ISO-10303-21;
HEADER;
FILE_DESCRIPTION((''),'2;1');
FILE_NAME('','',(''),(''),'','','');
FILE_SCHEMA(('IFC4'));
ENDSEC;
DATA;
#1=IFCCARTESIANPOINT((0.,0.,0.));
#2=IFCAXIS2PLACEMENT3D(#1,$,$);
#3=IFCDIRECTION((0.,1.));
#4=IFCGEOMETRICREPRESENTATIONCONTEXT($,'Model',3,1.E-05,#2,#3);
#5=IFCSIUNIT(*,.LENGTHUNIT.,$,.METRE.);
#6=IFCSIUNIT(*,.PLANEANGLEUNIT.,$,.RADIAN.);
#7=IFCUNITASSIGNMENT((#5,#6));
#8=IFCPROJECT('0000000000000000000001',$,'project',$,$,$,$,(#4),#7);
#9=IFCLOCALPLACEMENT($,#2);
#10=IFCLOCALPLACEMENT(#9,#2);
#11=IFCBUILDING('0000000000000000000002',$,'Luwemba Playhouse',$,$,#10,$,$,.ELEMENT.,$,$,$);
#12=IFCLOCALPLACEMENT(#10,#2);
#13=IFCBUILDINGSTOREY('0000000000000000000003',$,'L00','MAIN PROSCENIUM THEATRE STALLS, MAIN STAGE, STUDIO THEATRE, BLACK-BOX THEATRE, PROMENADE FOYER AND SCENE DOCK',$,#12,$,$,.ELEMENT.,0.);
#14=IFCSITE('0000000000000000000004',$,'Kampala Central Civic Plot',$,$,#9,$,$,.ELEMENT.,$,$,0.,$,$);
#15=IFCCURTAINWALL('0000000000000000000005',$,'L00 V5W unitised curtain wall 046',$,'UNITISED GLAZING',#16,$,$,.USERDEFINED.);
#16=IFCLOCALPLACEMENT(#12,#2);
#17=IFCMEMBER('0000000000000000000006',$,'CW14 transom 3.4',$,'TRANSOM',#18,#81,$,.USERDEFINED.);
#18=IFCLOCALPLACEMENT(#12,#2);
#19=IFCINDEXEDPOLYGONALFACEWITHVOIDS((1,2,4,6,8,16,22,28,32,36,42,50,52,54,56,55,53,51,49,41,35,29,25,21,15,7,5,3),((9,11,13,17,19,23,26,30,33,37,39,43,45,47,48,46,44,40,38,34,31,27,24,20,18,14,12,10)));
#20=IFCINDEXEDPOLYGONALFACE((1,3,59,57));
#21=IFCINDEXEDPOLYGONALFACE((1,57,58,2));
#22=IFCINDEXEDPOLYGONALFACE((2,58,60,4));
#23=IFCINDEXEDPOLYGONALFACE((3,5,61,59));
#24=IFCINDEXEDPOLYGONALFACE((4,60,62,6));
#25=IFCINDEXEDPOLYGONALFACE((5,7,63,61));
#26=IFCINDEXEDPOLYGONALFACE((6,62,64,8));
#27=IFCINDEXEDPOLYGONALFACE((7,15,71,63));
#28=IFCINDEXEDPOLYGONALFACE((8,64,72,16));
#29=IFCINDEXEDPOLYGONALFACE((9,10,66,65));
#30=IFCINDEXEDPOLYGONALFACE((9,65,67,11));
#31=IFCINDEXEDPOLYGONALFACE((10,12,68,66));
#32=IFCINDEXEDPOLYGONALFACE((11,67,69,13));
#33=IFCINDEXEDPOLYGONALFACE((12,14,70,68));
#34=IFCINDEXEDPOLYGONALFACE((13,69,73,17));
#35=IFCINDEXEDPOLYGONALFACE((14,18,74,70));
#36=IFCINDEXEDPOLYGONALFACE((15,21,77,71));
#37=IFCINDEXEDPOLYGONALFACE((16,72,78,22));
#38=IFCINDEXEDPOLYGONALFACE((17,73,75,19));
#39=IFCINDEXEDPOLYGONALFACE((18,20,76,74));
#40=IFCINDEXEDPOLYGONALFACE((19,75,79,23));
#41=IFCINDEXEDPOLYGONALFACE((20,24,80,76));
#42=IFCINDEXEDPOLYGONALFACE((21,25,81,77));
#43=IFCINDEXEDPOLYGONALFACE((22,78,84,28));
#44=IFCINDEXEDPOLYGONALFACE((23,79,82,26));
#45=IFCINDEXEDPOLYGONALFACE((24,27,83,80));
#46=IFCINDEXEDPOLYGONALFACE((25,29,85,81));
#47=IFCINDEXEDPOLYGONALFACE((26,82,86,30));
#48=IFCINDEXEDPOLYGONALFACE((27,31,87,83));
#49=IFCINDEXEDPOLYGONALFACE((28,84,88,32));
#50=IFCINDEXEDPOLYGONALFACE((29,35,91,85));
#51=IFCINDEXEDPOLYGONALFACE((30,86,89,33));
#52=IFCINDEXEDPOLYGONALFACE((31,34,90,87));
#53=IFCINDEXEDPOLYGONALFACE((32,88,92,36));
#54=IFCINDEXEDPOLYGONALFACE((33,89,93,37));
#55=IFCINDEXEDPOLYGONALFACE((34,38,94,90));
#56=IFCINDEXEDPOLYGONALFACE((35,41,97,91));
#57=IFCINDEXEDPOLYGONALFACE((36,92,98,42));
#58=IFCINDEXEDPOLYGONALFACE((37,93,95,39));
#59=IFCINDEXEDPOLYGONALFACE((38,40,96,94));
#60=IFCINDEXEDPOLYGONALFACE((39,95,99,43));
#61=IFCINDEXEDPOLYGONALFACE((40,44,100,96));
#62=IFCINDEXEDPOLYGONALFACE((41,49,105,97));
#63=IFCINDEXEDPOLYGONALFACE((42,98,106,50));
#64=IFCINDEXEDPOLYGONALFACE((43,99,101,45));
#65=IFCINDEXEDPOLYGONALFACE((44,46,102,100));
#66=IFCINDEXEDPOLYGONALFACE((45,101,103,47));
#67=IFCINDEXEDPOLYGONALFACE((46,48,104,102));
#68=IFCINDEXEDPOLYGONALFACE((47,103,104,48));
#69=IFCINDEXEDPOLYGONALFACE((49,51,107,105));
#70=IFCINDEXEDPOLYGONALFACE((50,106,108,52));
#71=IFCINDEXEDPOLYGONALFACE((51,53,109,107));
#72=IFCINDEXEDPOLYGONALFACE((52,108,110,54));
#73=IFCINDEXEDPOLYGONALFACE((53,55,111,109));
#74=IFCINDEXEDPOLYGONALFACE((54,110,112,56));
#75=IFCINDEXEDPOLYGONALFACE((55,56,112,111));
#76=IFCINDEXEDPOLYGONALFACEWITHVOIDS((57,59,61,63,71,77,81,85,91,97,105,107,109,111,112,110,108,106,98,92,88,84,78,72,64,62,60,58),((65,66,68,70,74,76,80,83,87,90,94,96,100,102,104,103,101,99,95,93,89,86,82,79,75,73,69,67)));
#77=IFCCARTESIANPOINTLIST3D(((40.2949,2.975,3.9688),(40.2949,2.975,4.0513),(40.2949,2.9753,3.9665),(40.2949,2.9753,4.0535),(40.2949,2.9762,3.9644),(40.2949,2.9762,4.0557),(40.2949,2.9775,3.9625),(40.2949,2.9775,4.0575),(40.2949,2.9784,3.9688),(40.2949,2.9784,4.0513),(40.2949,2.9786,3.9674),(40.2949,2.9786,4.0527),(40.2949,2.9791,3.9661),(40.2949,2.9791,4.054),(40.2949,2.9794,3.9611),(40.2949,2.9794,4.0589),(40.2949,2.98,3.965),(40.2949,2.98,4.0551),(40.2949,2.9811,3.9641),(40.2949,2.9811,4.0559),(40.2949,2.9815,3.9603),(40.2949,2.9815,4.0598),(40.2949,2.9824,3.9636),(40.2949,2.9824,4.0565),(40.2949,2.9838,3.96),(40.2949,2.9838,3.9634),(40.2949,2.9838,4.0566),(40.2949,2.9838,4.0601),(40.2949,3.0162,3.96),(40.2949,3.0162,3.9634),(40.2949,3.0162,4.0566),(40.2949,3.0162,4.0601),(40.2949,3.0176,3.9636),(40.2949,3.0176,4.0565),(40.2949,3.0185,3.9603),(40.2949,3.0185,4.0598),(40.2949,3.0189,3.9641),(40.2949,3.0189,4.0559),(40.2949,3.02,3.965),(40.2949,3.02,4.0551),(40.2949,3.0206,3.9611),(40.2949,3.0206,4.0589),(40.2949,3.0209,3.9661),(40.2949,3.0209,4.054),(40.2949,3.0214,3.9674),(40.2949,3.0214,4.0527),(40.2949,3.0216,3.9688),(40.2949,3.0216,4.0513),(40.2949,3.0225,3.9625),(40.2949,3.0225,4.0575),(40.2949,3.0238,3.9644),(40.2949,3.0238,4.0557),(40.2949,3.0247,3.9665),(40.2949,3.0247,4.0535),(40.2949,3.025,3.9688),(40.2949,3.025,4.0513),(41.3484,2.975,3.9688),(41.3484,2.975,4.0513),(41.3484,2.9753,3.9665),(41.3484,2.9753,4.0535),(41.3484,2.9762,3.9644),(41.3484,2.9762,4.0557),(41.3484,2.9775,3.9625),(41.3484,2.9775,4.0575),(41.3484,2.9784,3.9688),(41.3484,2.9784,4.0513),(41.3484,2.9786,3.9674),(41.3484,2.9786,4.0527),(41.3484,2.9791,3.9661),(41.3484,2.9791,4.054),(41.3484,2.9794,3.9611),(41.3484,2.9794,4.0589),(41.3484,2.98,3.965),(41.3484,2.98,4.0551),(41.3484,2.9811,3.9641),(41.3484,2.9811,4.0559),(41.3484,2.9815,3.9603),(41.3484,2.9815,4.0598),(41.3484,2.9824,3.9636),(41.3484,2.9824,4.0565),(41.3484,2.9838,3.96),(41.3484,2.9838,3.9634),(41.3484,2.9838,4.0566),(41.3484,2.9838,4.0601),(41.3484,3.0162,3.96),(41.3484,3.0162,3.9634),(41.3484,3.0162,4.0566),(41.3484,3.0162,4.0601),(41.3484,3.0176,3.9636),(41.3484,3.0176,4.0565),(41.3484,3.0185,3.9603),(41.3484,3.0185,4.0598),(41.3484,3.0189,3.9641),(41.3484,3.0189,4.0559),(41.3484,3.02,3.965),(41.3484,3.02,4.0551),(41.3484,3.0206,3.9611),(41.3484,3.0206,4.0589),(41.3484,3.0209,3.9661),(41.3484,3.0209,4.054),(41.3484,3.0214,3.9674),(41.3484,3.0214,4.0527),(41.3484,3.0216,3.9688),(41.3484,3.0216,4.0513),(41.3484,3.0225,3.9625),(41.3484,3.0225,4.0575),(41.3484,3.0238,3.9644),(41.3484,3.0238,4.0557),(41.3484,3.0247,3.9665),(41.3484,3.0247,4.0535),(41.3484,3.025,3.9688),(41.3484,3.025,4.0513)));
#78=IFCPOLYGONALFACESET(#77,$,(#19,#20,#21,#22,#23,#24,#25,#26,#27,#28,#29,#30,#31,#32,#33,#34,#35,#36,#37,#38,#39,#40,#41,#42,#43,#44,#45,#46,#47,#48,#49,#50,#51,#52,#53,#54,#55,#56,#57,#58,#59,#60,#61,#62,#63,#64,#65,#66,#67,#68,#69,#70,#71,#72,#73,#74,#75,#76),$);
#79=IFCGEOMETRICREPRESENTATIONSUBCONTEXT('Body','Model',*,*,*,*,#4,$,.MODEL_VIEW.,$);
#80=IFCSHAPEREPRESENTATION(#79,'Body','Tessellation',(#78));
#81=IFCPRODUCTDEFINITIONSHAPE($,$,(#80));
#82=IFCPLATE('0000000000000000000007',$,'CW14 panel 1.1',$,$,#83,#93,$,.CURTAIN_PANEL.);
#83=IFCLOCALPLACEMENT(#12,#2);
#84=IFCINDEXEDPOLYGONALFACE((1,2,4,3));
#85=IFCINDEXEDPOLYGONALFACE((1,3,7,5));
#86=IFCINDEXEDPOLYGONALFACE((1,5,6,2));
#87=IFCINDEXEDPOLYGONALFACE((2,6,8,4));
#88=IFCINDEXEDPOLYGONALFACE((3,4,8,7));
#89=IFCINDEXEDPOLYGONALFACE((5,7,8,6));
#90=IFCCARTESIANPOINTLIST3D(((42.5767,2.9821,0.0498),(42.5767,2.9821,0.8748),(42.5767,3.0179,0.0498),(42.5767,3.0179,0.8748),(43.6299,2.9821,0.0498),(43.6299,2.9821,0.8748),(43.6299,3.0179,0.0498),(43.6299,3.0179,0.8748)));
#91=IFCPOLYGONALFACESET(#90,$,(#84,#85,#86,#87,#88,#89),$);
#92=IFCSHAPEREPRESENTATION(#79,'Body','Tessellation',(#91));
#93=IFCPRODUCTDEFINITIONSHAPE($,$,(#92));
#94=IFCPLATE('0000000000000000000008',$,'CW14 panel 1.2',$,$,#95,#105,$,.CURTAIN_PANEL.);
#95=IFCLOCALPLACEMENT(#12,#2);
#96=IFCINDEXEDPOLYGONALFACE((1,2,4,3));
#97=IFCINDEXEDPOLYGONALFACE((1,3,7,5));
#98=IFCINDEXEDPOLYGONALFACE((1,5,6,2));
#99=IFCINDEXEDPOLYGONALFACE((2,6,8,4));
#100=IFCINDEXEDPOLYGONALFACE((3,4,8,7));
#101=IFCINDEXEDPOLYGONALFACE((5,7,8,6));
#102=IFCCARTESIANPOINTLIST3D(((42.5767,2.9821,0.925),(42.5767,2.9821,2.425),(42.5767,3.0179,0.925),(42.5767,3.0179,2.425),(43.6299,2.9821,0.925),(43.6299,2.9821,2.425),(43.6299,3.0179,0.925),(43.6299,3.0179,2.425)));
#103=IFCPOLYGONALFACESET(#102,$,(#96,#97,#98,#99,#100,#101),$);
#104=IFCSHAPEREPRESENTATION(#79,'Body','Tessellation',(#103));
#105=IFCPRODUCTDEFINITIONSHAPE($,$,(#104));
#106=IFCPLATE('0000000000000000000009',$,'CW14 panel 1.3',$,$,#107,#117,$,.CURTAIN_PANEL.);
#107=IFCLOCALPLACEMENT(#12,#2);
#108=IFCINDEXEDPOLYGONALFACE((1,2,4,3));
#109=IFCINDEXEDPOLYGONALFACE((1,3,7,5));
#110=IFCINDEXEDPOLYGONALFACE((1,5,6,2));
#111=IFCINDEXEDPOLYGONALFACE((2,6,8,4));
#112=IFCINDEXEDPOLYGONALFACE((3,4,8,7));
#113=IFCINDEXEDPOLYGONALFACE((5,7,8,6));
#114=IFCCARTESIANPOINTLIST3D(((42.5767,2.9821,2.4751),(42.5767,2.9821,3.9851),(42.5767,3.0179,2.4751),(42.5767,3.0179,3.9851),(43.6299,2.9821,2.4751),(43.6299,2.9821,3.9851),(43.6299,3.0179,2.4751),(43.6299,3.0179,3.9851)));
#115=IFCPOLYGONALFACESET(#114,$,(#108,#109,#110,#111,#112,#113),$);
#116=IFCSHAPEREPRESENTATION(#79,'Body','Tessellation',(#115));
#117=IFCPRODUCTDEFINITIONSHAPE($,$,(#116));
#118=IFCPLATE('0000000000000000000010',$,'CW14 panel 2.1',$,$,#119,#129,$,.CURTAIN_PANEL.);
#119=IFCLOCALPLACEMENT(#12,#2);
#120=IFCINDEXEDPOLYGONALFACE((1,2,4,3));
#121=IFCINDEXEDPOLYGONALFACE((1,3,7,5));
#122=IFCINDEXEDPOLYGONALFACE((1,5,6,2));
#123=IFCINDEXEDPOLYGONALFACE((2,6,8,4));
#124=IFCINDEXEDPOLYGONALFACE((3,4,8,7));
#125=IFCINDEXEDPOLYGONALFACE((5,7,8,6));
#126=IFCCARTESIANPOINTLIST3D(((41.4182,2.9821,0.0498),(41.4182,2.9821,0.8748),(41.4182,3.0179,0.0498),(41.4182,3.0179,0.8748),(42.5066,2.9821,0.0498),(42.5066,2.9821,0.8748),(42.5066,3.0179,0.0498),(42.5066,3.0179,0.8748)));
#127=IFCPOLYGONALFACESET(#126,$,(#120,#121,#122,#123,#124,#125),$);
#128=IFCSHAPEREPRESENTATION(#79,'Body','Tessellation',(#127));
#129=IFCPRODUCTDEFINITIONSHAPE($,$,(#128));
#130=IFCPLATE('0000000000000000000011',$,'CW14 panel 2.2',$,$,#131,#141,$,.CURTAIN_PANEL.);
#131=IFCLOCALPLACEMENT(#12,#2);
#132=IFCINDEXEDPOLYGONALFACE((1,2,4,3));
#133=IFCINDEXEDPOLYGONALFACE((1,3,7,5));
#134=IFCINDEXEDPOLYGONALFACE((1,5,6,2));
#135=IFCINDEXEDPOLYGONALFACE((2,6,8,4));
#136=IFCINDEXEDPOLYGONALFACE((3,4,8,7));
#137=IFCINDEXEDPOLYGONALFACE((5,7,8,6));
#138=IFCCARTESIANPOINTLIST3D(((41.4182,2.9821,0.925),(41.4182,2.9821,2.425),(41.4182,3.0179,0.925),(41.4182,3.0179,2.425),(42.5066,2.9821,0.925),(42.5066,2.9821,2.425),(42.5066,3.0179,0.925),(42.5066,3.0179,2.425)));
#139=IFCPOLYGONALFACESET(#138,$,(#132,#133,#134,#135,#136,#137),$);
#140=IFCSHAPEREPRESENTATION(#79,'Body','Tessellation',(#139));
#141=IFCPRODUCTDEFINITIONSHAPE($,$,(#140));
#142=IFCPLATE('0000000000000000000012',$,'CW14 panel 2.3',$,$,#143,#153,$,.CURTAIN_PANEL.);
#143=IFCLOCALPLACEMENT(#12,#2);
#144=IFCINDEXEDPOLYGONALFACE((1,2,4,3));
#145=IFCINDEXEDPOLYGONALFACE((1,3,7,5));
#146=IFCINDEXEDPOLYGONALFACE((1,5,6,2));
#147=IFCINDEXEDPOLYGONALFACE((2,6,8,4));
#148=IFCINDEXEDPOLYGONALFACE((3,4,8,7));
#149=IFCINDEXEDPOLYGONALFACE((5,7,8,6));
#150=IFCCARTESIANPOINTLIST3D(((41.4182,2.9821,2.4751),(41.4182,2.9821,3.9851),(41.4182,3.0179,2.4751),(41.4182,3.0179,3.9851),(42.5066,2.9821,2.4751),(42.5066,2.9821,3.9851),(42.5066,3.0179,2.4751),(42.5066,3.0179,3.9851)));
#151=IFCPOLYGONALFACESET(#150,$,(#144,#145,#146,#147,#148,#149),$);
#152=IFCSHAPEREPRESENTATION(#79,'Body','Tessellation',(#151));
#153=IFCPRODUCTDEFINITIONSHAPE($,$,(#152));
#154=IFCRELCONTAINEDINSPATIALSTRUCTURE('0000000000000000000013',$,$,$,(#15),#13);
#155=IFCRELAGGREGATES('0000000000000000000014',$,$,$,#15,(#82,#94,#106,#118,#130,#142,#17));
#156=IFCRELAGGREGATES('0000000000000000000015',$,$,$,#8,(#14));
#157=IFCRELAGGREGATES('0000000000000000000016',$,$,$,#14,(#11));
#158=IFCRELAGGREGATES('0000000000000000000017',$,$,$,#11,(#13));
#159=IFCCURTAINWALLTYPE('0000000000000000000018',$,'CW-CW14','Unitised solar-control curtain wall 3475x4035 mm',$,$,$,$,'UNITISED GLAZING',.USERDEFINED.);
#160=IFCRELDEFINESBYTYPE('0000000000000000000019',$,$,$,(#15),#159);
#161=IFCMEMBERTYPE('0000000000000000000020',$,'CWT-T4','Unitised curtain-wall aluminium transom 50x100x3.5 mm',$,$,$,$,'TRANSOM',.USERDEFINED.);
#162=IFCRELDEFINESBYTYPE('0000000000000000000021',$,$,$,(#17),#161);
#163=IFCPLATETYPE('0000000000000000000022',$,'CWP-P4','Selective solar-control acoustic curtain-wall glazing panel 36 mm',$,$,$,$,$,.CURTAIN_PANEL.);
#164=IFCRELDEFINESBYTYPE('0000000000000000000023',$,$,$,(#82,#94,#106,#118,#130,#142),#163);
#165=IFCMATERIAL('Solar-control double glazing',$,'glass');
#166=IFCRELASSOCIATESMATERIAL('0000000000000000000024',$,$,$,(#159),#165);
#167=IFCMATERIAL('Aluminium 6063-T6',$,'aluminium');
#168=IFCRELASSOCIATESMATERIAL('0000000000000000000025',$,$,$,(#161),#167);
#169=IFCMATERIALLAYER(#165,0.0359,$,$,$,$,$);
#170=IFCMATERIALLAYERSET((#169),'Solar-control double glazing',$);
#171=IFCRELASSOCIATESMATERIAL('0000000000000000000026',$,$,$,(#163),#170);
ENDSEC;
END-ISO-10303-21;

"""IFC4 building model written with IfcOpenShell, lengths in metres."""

from ifc_helpers import new_model, si_unit, direction, frame, origin, origin_2d, place, context, subcontext, project, spatial, rectangle, hollow_rectangle, extrude, material, layer, layer_set, material_profile, profile_set, type_object, element, aggregate, save


model = new_model("IFC4")

# Units and contexts
model_context = context("Model", 3, precision=1e-05, world=origin(), true_north=direction((0.0, 1.0)))
body_context = subcontext(model_context, "Body", "Model", "MODEL_VIEW")
ifc_project = project(units=[si_unit("LENGTHUNIT", "METRE"), si_unit("PLANEANGLEUNIT", "RADIAN")], contexts=[model_context])

# Site, building, storey
site_placement = place(None, origin())
site = spatial("IfcSite", under=ifc_project, at=site_placement, Name="Kampala Central Civic Plot", CompositionType="ELEMENT", RefElevation=0.0)
building_placement = place(site_placement, origin())
building = spatial("IfcBuilding", under=site, at=building_placement, Name="Luwemba Playhouse", CompositionType="ELEMENT")
storey_placement = place(building_placement, origin())
storey = spatial("IfcBuildingStorey", under=building, at=storey_placement, Name="L00", Description="MAIN PROSCENIUM THEATRE STALLS, MAIN STAGE, STUDIO THEATRE, BLACK-BOX THEATRE, PROMENADE FOYER AND SCENE DOCK", CompositionType="ELEMENT", Elevation=0.0)

# Curtain wall, member, plates
ifc_material_1 = material(Name="Solar-control double glazing", Category="glass")
curtain_wall_type = type_object("IfcCurtainWallType", Name="CW-CW14", Description="Unitised solar-control curtain wall 3475x4035 mm", ElementType="UNITISED GLAZING", PredefinedType="USERDEFINED", material=ifc_material_1)
curtain_wall_placement = place(storey_placement, origin())
curtain_wall = element("IfcCurtainWall", 1, at=curtain_wall_placement, inside=storey, type_object=curtain_wall_type, Name="L00 V5W unitised curtain wall 046", ObjectType="UNITISED GLAZING", PredefinedType="USERDEFINED")
ifc_material_2 = material(Name="Aluminium 6063-T6", Category="aluminium")
ifc_material_profile_1 = material_profile(ifc_material_2, hollow_rectangle(XDim=0.05, YDim=0.1001, WallThickness=0.0034, InnerFilletRadius=0.0054, OuterFilletRadius=0.0088, at=origin_2d()))
ifc_profile_set_1 = profile_set([ifc_material_profile_1], Name="Aluminium 6063-T6")
member_type_1 = type_object("IfcMemberType", Name="CWT-T4", Description="Unitised curtain-wall aluminium transom 50x100x3.5 mm", ElementType="TRANSOM", PredefinedType="USERDEFINED", material=ifc_profile_set_1)
member_1_placement = place(storey_placement, frame((41.3484, 3.0, 4.01), z_axis=(-1.0, 0.0, 0.0), x_axis=(0.0, -1.0, 0.0)))
member_1 = element("IfcMember", 2, at=member_1_placement, type_object=member_type_1, Name="CW14 transom 3.4", ObjectType="TRANSOM", PredefinedType="USERDEFINED", context=body_context, shape_type="SweptSolid", body=[
    extrude(hollow_rectangle(XDim=0.05, YDim=0.1001, WallThickness=0.0034, InnerFilletRadius=0.0054, OuterFilletRadius=0.0088, at=origin_2d()), origin(), (0.0, 0.0, 1.0), 1.0535),
])
ifc_layer = layer(ifc_material_1, 0.0359)
ifc_layer_set = layer_set([ifc_layer], Name="Solar-control double glazing")
plate_type = type_object("IfcPlateType", Name="CWP-P4", Description="Selective solar-control acoustic curtain-wall glazing panel 36 mm", PredefinedType="CURTAIN_PANEL", material=ifc_layer_set)
plate_1_placement = place(storey_placement, frame((43.1033, 3.0, 0.0498), z_axis=(0.0, 0.0, 1.0), x_axis=(-1.0, 0.0, 0.0)))
plate_1 = element("IfcPlate", 3, at=plate_1_placement, type_object=plate_type, Name="CW14 panel 1.1", PredefinedType="CURTAIN_PANEL", context=body_context, shape_type="SweptSolid", body=[
    extrude(rectangle(XDim=1.0532, YDim=0.0359, at=origin_2d()), origin(), (0.0, 0.0, 1.0), 0.825),
])
plate_2_placement = place(storey_placement, frame((43.1033, 3.0, 0.925), z_axis=(0.0, 0.0, 1.0), x_axis=(-1.0, 0.0, 0.0)))
plate_2 = element("IfcPlate", 4, at=plate_2_placement, type_object=plate_type, Name="CW14 panel 1.2", PredefinedType="CURTAIN_PANEL", context=body_context, shape_type="SweptSolid", body=[
    extrude(rectangle(XDim=1.0532, YDim=0.0359, at=origin_2d()), origin(), (0.0, 0.0, 1.0), 1.5),
])
plate_3_placement = place(storey_placement, frame((43.1033, 3.0, 2.4751), z_axis=(0.0, 0.0, 1.0), x_axis=(-1.0, 0.0, 0.0)))
plate_3 = element("IfcPlate", 5, at=plate_3_placement, type_object=plate_type, Name="CW14 panel 1.3", PredefinedType="CURTAIN_PANEL", context=body_context, shape_type="SweptSolid", body=[
    extrude(rectangle(XDim=1.0532, YDim=0.0359, at=origin_2d()), origin(), (0.0, 0.0, 1.0), 1.51),
])
plate_4_placement = place(storey_placement, frame((41.9624, 3.0, 0.0498), z_axis=(0.0, 0.0, 1.0), x_axis=(-1.0, 0.0, 0.0)))
plate_4 = element("IfcPlate", 6, at=plate_4_placement, type_object=plate_type, Name="CW14 panel 2.1", PredefinedType="CURTAIN_PANEL", context=body_context, shape_type="SweptSolid", body=[
    extrude(rectangle(XDim=1.0884, YDim=0.0359, at=origin_2d()), origin(), (0.0, 0.0, 1.0), 0.825),
])
plate_5_placement = place(storey_placement, frame((41.9624, 3.0, 0.925), z_axis=(0.0, 0.0, 1.0), x_axis=(-1.0, 0.0, 0.0)))
plate_5 = element("IfcPlate", 7, at=plate_5_placement, type_object=plate_type, Name="CW14 panel 2.2", PredefinedType="CURTAIN_PANEL", context=body_context, shape_type="SweptSolid", body=[
    extrude(rectangle(XDim=1.0884, YDim=0.0359, at=origin_2d()), origin(), (0.0, 0.0, 1.0), 1.5),
])
plate_6_placement = place(storey_placement, frame((41.9624, 3.0, 2.4751), z_axis=(0.0, 0.0, 1.0), x_axis=(-1.0, 0.0, 0.0)))
plate_6 = element("IfcPlate", 8, at=plate_6_placement, type_object=plate_type, Name="CW14 panel 2.3", PredefinedType="CURTAIN_PANEL", context=body_context, shape_type="SweptSolid", body=[
    extrude(rectangle(XDim=1.0884, YDim=0.0359, at=origin_2d()), origin(), (0.0, 0.0, 1.0), 1.51),
])
aggregate(curtain_wall, [plate_1, plate_2, plate_3, plate_4, plate_5, plate_6, member_1])

save(model, "model.ifc")
